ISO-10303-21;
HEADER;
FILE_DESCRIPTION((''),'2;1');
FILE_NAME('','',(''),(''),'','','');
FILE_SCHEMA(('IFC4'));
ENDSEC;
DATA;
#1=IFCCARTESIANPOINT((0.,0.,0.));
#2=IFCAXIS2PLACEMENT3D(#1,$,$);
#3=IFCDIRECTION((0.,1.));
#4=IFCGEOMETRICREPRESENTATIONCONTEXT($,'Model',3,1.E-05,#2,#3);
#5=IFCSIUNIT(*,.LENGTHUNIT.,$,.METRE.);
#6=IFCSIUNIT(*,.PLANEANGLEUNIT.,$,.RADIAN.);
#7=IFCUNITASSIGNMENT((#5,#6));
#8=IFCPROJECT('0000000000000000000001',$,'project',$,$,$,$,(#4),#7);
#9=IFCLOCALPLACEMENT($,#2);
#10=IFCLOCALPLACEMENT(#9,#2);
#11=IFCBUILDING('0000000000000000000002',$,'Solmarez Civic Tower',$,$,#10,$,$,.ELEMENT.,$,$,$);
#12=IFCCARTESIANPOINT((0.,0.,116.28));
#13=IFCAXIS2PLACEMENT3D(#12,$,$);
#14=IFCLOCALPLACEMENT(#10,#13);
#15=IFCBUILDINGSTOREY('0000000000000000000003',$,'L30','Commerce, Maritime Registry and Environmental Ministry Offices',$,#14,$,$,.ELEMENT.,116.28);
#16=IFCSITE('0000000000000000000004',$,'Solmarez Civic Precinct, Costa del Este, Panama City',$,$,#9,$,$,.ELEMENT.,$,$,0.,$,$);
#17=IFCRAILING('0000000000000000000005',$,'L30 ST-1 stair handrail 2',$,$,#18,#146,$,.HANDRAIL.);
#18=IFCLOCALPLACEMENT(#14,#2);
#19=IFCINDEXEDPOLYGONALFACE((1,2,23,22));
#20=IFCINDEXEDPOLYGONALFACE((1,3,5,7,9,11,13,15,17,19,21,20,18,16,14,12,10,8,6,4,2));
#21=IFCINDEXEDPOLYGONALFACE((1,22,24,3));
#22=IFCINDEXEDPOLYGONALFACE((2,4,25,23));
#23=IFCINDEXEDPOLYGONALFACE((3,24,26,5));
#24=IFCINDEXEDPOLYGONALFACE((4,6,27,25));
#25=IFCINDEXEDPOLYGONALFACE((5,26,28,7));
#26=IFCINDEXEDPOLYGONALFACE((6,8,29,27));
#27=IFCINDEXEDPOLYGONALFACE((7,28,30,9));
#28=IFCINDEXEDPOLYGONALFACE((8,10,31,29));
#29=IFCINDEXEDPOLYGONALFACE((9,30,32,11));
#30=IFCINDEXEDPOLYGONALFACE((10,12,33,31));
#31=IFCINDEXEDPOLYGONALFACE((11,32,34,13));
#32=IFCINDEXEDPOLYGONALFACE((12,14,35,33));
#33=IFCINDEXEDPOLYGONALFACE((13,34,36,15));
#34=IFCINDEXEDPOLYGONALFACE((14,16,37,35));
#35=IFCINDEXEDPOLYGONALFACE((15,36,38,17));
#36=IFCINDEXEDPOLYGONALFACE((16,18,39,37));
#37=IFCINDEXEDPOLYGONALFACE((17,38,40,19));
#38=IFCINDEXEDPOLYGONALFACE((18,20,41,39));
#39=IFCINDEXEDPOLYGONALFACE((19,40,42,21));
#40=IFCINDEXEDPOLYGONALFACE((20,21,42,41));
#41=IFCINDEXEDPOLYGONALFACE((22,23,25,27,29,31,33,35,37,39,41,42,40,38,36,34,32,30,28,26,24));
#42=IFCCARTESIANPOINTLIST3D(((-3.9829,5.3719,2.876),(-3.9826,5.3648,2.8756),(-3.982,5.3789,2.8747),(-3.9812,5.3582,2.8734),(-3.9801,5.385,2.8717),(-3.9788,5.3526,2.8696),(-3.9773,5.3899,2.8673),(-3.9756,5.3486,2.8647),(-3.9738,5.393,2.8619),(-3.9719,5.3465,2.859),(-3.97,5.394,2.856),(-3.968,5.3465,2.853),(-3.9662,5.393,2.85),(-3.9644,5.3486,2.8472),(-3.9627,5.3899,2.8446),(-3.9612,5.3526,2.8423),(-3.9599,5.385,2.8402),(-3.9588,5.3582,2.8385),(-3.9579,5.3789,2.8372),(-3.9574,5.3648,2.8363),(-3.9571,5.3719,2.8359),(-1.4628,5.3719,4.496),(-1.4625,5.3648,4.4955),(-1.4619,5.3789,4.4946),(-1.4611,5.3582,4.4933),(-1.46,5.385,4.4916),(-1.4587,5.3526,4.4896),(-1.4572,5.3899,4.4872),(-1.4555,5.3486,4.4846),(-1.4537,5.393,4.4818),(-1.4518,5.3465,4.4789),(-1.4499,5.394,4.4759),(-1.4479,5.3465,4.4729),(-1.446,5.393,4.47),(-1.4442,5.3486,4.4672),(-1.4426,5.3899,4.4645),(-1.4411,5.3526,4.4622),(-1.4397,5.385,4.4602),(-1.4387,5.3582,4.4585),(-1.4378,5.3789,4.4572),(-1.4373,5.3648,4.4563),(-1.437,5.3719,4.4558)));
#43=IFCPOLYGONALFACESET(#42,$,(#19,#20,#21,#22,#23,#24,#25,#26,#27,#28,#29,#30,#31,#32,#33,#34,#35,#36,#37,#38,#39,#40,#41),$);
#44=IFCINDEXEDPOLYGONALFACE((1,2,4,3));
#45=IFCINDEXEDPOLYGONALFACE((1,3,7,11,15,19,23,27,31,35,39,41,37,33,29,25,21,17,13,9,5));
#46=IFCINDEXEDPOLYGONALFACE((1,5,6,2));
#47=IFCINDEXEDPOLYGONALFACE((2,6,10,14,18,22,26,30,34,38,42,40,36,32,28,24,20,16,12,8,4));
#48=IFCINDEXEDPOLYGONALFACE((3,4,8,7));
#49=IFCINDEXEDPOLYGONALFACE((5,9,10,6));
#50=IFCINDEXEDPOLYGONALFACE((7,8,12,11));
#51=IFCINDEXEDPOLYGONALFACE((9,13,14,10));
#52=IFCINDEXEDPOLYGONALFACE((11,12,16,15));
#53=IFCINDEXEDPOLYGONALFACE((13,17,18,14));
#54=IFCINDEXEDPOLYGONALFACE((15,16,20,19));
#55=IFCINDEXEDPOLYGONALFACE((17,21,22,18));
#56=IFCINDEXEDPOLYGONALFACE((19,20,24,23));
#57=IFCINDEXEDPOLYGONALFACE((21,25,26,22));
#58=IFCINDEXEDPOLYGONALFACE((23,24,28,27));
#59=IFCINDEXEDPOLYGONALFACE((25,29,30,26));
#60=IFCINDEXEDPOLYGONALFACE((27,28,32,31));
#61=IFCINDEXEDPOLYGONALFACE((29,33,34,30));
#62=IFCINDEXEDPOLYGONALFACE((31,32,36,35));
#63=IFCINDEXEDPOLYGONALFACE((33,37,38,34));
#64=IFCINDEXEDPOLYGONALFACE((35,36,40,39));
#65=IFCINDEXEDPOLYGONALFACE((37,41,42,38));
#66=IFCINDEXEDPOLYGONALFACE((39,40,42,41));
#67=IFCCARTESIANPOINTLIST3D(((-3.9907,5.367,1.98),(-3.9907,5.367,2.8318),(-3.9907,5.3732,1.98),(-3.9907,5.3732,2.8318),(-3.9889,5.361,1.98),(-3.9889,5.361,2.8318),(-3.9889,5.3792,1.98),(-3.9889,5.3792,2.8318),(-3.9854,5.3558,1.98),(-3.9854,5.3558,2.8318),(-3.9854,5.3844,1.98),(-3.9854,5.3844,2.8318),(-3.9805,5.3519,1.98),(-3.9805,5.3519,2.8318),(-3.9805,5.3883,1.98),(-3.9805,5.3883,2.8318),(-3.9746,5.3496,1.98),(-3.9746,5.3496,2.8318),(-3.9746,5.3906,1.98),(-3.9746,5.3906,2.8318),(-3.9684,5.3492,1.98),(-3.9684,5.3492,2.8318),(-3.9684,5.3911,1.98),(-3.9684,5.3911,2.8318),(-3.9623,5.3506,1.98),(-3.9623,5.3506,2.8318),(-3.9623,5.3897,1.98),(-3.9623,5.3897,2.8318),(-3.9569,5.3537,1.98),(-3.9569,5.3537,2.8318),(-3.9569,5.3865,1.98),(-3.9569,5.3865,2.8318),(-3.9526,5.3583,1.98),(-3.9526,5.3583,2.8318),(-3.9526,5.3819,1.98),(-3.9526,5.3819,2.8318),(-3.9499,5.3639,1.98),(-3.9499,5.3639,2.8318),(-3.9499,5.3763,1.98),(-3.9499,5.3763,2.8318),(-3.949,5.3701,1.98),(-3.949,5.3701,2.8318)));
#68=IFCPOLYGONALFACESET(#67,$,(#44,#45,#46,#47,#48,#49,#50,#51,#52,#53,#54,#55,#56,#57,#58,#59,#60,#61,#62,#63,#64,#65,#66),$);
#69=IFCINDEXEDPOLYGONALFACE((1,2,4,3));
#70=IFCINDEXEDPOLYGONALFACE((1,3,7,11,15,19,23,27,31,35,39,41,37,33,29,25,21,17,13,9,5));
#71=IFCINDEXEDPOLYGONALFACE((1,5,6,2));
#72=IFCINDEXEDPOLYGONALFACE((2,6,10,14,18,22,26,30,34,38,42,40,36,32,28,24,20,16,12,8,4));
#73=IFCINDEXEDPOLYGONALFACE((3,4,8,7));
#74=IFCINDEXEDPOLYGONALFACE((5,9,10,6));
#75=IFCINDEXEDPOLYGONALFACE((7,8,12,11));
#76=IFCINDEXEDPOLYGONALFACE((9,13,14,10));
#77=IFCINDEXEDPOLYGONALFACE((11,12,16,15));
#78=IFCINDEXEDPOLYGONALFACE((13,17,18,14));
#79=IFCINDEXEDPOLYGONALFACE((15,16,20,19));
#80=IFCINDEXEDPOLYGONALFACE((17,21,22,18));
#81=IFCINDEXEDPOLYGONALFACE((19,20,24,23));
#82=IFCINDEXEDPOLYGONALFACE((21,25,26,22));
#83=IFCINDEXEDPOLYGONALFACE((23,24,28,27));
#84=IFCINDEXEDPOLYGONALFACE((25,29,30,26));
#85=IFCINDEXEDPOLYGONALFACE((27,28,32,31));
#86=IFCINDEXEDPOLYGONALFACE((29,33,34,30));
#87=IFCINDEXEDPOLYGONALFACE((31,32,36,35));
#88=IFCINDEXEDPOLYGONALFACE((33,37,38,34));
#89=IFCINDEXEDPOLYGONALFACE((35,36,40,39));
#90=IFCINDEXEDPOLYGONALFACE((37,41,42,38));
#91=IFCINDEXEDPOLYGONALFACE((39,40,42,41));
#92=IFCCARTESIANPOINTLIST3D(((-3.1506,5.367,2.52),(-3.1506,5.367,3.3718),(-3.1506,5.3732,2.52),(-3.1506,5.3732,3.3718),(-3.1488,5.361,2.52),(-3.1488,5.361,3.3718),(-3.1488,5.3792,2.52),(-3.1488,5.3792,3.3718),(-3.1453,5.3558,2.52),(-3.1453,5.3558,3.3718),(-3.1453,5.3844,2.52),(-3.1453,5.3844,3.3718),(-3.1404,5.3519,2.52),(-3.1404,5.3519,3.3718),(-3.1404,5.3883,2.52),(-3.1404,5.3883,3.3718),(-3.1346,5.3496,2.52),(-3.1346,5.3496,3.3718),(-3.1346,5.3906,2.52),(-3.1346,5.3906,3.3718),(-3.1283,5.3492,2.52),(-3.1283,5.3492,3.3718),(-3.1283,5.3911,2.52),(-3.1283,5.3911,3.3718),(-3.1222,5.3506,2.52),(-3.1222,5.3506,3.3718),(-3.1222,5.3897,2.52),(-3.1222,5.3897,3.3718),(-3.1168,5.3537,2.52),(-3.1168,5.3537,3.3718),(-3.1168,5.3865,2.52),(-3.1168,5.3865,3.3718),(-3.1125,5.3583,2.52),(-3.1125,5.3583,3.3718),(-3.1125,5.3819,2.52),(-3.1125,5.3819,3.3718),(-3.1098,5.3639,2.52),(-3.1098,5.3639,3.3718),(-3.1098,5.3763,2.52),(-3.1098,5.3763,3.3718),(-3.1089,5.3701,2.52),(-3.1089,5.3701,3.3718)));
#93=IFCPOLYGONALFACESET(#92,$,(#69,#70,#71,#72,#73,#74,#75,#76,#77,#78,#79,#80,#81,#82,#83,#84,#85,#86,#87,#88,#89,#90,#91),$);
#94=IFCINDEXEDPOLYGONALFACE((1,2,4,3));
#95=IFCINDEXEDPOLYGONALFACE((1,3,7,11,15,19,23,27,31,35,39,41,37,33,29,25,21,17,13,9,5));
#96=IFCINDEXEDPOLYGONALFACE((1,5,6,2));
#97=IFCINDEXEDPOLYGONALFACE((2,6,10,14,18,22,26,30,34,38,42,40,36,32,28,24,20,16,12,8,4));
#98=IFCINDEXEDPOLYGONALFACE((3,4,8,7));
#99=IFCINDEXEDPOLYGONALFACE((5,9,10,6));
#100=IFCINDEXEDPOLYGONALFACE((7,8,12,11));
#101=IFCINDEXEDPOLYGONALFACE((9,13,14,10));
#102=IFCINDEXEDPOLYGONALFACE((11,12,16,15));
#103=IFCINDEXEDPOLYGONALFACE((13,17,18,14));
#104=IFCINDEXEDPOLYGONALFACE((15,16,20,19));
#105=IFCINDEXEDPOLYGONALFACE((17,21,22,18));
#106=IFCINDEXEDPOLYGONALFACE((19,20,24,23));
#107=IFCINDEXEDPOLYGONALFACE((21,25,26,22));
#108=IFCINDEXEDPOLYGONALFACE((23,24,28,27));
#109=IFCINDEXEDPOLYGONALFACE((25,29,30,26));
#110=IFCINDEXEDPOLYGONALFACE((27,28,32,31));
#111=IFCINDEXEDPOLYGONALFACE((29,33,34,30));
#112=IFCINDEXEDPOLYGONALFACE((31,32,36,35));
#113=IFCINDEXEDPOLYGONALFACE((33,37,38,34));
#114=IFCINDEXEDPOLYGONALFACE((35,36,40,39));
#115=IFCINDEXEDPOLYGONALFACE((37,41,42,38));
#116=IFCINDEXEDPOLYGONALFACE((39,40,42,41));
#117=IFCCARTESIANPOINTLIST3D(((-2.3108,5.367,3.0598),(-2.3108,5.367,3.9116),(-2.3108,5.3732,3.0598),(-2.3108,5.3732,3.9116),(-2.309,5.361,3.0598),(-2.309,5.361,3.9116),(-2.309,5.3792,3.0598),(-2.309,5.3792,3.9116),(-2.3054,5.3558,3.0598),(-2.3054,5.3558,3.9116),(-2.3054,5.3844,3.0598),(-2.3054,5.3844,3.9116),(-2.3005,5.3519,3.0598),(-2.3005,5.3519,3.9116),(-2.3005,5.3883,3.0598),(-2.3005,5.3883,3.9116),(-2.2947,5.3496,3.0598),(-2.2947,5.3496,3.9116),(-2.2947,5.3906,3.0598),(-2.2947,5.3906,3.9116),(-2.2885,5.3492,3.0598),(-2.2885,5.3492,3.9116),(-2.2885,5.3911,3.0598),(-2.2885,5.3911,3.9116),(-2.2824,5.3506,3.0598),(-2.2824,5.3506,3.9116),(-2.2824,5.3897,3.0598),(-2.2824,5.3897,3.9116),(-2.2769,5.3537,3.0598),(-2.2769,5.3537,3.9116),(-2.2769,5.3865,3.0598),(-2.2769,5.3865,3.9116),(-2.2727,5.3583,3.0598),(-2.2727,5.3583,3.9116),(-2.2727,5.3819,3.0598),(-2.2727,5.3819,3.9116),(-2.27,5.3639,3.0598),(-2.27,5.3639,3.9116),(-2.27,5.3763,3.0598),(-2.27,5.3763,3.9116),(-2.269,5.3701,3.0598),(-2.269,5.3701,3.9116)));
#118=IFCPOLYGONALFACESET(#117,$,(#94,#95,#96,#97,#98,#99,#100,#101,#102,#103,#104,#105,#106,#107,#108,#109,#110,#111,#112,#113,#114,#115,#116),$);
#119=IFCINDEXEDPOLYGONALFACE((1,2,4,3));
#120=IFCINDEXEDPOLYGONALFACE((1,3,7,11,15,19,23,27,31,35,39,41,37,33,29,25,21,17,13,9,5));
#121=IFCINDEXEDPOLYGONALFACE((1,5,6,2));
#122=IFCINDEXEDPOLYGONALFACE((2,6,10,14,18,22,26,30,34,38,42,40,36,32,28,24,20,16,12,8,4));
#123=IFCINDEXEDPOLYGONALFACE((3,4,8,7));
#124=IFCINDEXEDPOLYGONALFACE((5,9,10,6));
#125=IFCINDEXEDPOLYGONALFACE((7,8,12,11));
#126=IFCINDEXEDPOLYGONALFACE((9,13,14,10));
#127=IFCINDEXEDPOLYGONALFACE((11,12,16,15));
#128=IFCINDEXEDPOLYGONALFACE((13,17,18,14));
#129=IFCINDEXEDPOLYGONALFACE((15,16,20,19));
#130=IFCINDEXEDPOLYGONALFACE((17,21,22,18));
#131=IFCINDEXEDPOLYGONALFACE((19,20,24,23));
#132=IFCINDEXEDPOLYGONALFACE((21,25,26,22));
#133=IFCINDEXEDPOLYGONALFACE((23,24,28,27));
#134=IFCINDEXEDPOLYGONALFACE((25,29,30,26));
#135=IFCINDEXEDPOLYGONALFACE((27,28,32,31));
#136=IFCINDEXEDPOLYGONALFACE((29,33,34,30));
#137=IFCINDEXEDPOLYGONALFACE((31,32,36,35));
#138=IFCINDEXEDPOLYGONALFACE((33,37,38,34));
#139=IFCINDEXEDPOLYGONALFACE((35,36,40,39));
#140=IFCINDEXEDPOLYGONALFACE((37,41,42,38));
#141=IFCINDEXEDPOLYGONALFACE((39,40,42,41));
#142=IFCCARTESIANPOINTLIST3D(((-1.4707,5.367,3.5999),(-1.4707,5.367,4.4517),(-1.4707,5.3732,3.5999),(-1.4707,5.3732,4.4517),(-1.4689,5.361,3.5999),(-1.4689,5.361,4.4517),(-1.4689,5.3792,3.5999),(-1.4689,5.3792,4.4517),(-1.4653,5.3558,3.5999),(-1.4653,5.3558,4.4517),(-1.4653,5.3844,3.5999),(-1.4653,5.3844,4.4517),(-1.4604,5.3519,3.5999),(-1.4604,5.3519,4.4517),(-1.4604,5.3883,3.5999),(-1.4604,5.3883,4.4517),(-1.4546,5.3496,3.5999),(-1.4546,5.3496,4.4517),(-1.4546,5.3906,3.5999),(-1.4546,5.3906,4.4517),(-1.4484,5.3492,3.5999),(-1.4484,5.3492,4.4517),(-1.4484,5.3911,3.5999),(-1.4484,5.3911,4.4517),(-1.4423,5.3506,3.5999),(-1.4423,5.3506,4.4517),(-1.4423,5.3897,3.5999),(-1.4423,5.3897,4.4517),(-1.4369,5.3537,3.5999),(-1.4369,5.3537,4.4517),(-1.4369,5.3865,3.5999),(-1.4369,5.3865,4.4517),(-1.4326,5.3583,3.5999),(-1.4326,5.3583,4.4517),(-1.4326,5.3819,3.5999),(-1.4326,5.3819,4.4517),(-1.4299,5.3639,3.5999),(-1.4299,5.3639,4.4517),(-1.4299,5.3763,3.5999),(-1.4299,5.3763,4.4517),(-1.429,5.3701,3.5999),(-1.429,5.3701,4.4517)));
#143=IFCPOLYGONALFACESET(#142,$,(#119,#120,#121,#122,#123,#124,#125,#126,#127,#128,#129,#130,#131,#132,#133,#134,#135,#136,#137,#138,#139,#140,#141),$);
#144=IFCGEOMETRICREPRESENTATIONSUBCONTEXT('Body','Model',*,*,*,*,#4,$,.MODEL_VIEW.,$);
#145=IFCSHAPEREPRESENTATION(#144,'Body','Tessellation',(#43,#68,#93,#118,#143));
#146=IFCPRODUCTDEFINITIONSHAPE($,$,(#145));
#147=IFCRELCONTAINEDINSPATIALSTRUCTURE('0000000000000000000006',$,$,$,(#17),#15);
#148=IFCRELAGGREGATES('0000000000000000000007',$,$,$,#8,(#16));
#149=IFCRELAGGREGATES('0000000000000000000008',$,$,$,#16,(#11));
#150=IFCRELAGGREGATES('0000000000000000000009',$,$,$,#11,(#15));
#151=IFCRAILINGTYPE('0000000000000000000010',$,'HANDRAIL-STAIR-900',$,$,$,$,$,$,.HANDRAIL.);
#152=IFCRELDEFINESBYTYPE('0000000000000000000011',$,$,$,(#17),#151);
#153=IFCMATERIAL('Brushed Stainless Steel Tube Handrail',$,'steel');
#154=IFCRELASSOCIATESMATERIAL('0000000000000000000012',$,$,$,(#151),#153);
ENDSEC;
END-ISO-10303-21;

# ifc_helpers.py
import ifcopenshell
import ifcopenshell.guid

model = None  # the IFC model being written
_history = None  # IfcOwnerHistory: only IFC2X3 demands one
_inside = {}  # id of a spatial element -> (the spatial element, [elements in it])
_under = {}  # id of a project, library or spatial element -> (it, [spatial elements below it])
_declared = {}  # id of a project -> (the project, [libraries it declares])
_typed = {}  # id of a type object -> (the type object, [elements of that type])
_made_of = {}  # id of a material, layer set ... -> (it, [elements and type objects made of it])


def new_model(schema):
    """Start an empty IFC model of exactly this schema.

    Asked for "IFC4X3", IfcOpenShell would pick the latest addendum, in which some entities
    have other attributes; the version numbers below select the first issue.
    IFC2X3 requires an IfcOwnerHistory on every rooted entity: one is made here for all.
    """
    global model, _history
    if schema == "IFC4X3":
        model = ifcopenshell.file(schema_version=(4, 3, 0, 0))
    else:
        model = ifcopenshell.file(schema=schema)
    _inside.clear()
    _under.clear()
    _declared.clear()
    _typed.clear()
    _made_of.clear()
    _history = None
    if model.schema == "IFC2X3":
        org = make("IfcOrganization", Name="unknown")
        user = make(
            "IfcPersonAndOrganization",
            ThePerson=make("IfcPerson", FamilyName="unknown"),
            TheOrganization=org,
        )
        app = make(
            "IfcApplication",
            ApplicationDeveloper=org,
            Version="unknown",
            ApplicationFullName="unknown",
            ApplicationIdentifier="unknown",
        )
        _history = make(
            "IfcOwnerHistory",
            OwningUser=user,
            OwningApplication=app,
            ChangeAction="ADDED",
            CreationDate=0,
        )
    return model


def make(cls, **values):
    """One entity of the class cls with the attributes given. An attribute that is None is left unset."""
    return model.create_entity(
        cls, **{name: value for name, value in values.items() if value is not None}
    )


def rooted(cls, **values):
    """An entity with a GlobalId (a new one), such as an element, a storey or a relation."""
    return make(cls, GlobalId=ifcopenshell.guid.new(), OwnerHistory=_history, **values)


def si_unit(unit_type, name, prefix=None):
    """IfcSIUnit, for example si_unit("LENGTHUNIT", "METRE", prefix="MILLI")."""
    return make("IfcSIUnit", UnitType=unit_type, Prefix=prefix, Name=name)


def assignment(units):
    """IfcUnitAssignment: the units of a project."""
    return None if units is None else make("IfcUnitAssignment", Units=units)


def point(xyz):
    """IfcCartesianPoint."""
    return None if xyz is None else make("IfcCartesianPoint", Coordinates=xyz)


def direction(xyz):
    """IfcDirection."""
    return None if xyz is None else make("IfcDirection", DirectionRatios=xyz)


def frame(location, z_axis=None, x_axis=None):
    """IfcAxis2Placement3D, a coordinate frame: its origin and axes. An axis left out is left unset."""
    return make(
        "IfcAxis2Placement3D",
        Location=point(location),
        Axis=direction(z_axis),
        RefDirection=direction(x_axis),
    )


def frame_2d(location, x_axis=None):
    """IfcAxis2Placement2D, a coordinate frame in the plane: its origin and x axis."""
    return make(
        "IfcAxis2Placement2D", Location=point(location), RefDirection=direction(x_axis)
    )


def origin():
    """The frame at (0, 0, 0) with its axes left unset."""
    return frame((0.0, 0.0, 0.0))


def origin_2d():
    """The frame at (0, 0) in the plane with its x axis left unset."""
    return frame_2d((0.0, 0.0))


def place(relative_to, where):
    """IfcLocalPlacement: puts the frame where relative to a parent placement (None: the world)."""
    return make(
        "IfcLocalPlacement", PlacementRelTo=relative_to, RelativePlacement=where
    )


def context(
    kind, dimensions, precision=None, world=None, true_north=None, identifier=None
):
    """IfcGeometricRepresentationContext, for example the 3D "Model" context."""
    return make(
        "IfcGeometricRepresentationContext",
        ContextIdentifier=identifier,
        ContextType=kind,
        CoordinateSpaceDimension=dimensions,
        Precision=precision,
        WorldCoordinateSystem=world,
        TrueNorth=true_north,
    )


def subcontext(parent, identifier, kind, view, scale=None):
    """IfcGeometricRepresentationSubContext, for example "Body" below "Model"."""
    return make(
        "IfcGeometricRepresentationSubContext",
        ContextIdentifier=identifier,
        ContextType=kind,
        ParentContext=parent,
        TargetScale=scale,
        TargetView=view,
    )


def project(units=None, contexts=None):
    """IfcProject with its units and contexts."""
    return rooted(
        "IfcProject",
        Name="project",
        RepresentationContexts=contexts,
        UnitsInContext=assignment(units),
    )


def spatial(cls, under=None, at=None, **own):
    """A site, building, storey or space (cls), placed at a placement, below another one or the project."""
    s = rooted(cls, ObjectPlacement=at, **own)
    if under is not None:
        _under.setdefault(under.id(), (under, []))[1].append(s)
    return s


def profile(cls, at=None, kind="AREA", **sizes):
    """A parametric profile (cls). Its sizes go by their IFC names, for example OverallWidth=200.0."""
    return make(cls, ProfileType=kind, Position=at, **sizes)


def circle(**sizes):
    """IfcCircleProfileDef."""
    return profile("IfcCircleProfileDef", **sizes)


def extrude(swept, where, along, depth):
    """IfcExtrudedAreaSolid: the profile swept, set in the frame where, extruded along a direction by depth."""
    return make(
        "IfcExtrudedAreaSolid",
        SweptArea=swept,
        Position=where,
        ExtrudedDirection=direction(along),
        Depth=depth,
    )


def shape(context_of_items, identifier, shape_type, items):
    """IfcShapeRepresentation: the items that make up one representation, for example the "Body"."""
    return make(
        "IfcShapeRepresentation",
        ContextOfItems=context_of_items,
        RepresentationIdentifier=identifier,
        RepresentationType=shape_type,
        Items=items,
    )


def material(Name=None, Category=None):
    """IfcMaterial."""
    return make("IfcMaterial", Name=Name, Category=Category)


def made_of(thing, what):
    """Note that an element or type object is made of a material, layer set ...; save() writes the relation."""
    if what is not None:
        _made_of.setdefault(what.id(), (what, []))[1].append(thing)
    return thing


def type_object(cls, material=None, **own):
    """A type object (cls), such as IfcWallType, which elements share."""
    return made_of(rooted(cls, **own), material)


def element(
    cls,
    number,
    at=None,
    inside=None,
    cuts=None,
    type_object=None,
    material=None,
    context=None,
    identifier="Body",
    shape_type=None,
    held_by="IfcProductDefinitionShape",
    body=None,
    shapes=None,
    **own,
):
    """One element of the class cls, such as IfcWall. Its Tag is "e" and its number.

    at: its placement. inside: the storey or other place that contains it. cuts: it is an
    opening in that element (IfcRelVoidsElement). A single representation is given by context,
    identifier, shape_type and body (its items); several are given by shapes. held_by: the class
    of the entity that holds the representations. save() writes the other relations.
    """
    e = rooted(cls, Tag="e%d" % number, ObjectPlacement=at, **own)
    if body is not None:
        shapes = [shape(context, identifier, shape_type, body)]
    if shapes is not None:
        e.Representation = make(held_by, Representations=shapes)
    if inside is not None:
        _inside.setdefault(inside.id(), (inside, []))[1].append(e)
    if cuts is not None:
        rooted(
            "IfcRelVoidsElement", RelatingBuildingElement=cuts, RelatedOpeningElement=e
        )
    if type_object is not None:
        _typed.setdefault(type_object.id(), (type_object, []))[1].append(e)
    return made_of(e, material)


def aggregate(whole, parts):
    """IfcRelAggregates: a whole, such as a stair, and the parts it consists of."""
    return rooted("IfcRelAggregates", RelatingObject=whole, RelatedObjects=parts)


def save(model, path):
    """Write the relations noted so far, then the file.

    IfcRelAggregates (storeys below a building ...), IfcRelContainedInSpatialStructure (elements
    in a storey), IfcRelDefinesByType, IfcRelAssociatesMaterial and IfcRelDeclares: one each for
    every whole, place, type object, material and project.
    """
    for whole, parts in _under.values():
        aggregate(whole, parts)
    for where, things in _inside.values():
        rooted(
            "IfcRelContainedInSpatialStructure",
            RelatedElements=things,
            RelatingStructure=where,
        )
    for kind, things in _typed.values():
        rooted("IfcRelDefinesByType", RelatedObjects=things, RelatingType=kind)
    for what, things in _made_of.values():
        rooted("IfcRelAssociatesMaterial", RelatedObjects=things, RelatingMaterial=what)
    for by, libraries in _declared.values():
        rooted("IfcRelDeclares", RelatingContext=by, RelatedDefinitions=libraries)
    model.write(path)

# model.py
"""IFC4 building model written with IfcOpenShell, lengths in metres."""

from ifc_helpers import new_model, si_unit, direction, frame, origin, origin_2d, place, context, subcontext, project, spatial, circle, extrude, material, type_object, element, save


model = new_model("IFC4")

# Units and contexts
model_context = context("Model", 3, precision=1e-05, world=origin(), true_north=direction((0.0, 1.0)))
body_context = subcontext(model_context, "Body", "Model", "MODEL_VIEW")
ifc_project = project(units=[si_unit("LENGTHUNIT", "METRE"), si_unit("PLANEANGLEUNIT", "RADIAN")], contexts=[model_context])

# Site, building, storey
site_placement = place(None, origin())
site = spatial("IfcSite", under=ifc_project, at=site_placement, Name="Solmarez Civic Precinct, Costa del Este, Panama City", CompositionType="ELEMENT", RefElevation=0.0)
building_placement = place(site_placement, origin())
building = spatial("IfcBuilding", under=site, at=building_placement, Name="Solmarez Civic Tower", CompositionType="ELEMENT")
storey_placement = place(building_placement, frame((0.0, 0.0, 116.28)))
storey = spatial("IfcBuildingStorey", under=building, at=storey_placement, Name="L30", Description="Commerce, Maritime Registry and Environmental Ministry Offices", CompositionType="ELEMENT", Elevation=116.28)

# Railing
ifc_material_1 = material(Name="Brushed Stainless Steel Tube Handrail", Category="steel")
railing_type_1 = type_object("IfcRailingType", Name="HANDRAIL-STAIR-900", PredefinedType="HANDRAIL", material=ifc_material_1)
railing_1_placement = place(storey_placement, frame((-3.97, 5.3701, 1.98)))
element("IfcRailing", 1, at=railing_1_placement, inside=storey, type_object=railing_type_1, Name="L30 ST-1 stair handrail 2", PredefinedType="HANDRAIL", context=body_context, shape_type="SweptSolid", body=[
    extrude(circle(Radius=0.0239, at=origin_2d()), frame((0.0, 0.0, 0.876), z_axis=(0.8412, 0.0, 0.540725), x_axis=(0.0, 1.0, 0.0)), (0.0, 0.0, 1.0), 2.9958),
    extrude(circle(Radius=0.021, at=origin_2d()), origin(), (0.0, 0.0, 1.0), 0.8518),
    extrude(circle(Radius=0.021, at=origin_2d()), frame((0.8401, 0.0, 0.54)), (0.0, 0.0, 1.0), 0.8518),
    extrude(circle(Radius=0.021, at=origin_2d()), frame((1.6799, 0.0, 1.0798)), (0.0, 0.0, 1.0), 0.8518),
    extrude(circle(Radius=0.021, at=origin_2d()), frame((2.52, 0.0, 1.6199)), (0.0, 0.0, 1.0), 0.8518),
])

save(model, "model.ifc")
